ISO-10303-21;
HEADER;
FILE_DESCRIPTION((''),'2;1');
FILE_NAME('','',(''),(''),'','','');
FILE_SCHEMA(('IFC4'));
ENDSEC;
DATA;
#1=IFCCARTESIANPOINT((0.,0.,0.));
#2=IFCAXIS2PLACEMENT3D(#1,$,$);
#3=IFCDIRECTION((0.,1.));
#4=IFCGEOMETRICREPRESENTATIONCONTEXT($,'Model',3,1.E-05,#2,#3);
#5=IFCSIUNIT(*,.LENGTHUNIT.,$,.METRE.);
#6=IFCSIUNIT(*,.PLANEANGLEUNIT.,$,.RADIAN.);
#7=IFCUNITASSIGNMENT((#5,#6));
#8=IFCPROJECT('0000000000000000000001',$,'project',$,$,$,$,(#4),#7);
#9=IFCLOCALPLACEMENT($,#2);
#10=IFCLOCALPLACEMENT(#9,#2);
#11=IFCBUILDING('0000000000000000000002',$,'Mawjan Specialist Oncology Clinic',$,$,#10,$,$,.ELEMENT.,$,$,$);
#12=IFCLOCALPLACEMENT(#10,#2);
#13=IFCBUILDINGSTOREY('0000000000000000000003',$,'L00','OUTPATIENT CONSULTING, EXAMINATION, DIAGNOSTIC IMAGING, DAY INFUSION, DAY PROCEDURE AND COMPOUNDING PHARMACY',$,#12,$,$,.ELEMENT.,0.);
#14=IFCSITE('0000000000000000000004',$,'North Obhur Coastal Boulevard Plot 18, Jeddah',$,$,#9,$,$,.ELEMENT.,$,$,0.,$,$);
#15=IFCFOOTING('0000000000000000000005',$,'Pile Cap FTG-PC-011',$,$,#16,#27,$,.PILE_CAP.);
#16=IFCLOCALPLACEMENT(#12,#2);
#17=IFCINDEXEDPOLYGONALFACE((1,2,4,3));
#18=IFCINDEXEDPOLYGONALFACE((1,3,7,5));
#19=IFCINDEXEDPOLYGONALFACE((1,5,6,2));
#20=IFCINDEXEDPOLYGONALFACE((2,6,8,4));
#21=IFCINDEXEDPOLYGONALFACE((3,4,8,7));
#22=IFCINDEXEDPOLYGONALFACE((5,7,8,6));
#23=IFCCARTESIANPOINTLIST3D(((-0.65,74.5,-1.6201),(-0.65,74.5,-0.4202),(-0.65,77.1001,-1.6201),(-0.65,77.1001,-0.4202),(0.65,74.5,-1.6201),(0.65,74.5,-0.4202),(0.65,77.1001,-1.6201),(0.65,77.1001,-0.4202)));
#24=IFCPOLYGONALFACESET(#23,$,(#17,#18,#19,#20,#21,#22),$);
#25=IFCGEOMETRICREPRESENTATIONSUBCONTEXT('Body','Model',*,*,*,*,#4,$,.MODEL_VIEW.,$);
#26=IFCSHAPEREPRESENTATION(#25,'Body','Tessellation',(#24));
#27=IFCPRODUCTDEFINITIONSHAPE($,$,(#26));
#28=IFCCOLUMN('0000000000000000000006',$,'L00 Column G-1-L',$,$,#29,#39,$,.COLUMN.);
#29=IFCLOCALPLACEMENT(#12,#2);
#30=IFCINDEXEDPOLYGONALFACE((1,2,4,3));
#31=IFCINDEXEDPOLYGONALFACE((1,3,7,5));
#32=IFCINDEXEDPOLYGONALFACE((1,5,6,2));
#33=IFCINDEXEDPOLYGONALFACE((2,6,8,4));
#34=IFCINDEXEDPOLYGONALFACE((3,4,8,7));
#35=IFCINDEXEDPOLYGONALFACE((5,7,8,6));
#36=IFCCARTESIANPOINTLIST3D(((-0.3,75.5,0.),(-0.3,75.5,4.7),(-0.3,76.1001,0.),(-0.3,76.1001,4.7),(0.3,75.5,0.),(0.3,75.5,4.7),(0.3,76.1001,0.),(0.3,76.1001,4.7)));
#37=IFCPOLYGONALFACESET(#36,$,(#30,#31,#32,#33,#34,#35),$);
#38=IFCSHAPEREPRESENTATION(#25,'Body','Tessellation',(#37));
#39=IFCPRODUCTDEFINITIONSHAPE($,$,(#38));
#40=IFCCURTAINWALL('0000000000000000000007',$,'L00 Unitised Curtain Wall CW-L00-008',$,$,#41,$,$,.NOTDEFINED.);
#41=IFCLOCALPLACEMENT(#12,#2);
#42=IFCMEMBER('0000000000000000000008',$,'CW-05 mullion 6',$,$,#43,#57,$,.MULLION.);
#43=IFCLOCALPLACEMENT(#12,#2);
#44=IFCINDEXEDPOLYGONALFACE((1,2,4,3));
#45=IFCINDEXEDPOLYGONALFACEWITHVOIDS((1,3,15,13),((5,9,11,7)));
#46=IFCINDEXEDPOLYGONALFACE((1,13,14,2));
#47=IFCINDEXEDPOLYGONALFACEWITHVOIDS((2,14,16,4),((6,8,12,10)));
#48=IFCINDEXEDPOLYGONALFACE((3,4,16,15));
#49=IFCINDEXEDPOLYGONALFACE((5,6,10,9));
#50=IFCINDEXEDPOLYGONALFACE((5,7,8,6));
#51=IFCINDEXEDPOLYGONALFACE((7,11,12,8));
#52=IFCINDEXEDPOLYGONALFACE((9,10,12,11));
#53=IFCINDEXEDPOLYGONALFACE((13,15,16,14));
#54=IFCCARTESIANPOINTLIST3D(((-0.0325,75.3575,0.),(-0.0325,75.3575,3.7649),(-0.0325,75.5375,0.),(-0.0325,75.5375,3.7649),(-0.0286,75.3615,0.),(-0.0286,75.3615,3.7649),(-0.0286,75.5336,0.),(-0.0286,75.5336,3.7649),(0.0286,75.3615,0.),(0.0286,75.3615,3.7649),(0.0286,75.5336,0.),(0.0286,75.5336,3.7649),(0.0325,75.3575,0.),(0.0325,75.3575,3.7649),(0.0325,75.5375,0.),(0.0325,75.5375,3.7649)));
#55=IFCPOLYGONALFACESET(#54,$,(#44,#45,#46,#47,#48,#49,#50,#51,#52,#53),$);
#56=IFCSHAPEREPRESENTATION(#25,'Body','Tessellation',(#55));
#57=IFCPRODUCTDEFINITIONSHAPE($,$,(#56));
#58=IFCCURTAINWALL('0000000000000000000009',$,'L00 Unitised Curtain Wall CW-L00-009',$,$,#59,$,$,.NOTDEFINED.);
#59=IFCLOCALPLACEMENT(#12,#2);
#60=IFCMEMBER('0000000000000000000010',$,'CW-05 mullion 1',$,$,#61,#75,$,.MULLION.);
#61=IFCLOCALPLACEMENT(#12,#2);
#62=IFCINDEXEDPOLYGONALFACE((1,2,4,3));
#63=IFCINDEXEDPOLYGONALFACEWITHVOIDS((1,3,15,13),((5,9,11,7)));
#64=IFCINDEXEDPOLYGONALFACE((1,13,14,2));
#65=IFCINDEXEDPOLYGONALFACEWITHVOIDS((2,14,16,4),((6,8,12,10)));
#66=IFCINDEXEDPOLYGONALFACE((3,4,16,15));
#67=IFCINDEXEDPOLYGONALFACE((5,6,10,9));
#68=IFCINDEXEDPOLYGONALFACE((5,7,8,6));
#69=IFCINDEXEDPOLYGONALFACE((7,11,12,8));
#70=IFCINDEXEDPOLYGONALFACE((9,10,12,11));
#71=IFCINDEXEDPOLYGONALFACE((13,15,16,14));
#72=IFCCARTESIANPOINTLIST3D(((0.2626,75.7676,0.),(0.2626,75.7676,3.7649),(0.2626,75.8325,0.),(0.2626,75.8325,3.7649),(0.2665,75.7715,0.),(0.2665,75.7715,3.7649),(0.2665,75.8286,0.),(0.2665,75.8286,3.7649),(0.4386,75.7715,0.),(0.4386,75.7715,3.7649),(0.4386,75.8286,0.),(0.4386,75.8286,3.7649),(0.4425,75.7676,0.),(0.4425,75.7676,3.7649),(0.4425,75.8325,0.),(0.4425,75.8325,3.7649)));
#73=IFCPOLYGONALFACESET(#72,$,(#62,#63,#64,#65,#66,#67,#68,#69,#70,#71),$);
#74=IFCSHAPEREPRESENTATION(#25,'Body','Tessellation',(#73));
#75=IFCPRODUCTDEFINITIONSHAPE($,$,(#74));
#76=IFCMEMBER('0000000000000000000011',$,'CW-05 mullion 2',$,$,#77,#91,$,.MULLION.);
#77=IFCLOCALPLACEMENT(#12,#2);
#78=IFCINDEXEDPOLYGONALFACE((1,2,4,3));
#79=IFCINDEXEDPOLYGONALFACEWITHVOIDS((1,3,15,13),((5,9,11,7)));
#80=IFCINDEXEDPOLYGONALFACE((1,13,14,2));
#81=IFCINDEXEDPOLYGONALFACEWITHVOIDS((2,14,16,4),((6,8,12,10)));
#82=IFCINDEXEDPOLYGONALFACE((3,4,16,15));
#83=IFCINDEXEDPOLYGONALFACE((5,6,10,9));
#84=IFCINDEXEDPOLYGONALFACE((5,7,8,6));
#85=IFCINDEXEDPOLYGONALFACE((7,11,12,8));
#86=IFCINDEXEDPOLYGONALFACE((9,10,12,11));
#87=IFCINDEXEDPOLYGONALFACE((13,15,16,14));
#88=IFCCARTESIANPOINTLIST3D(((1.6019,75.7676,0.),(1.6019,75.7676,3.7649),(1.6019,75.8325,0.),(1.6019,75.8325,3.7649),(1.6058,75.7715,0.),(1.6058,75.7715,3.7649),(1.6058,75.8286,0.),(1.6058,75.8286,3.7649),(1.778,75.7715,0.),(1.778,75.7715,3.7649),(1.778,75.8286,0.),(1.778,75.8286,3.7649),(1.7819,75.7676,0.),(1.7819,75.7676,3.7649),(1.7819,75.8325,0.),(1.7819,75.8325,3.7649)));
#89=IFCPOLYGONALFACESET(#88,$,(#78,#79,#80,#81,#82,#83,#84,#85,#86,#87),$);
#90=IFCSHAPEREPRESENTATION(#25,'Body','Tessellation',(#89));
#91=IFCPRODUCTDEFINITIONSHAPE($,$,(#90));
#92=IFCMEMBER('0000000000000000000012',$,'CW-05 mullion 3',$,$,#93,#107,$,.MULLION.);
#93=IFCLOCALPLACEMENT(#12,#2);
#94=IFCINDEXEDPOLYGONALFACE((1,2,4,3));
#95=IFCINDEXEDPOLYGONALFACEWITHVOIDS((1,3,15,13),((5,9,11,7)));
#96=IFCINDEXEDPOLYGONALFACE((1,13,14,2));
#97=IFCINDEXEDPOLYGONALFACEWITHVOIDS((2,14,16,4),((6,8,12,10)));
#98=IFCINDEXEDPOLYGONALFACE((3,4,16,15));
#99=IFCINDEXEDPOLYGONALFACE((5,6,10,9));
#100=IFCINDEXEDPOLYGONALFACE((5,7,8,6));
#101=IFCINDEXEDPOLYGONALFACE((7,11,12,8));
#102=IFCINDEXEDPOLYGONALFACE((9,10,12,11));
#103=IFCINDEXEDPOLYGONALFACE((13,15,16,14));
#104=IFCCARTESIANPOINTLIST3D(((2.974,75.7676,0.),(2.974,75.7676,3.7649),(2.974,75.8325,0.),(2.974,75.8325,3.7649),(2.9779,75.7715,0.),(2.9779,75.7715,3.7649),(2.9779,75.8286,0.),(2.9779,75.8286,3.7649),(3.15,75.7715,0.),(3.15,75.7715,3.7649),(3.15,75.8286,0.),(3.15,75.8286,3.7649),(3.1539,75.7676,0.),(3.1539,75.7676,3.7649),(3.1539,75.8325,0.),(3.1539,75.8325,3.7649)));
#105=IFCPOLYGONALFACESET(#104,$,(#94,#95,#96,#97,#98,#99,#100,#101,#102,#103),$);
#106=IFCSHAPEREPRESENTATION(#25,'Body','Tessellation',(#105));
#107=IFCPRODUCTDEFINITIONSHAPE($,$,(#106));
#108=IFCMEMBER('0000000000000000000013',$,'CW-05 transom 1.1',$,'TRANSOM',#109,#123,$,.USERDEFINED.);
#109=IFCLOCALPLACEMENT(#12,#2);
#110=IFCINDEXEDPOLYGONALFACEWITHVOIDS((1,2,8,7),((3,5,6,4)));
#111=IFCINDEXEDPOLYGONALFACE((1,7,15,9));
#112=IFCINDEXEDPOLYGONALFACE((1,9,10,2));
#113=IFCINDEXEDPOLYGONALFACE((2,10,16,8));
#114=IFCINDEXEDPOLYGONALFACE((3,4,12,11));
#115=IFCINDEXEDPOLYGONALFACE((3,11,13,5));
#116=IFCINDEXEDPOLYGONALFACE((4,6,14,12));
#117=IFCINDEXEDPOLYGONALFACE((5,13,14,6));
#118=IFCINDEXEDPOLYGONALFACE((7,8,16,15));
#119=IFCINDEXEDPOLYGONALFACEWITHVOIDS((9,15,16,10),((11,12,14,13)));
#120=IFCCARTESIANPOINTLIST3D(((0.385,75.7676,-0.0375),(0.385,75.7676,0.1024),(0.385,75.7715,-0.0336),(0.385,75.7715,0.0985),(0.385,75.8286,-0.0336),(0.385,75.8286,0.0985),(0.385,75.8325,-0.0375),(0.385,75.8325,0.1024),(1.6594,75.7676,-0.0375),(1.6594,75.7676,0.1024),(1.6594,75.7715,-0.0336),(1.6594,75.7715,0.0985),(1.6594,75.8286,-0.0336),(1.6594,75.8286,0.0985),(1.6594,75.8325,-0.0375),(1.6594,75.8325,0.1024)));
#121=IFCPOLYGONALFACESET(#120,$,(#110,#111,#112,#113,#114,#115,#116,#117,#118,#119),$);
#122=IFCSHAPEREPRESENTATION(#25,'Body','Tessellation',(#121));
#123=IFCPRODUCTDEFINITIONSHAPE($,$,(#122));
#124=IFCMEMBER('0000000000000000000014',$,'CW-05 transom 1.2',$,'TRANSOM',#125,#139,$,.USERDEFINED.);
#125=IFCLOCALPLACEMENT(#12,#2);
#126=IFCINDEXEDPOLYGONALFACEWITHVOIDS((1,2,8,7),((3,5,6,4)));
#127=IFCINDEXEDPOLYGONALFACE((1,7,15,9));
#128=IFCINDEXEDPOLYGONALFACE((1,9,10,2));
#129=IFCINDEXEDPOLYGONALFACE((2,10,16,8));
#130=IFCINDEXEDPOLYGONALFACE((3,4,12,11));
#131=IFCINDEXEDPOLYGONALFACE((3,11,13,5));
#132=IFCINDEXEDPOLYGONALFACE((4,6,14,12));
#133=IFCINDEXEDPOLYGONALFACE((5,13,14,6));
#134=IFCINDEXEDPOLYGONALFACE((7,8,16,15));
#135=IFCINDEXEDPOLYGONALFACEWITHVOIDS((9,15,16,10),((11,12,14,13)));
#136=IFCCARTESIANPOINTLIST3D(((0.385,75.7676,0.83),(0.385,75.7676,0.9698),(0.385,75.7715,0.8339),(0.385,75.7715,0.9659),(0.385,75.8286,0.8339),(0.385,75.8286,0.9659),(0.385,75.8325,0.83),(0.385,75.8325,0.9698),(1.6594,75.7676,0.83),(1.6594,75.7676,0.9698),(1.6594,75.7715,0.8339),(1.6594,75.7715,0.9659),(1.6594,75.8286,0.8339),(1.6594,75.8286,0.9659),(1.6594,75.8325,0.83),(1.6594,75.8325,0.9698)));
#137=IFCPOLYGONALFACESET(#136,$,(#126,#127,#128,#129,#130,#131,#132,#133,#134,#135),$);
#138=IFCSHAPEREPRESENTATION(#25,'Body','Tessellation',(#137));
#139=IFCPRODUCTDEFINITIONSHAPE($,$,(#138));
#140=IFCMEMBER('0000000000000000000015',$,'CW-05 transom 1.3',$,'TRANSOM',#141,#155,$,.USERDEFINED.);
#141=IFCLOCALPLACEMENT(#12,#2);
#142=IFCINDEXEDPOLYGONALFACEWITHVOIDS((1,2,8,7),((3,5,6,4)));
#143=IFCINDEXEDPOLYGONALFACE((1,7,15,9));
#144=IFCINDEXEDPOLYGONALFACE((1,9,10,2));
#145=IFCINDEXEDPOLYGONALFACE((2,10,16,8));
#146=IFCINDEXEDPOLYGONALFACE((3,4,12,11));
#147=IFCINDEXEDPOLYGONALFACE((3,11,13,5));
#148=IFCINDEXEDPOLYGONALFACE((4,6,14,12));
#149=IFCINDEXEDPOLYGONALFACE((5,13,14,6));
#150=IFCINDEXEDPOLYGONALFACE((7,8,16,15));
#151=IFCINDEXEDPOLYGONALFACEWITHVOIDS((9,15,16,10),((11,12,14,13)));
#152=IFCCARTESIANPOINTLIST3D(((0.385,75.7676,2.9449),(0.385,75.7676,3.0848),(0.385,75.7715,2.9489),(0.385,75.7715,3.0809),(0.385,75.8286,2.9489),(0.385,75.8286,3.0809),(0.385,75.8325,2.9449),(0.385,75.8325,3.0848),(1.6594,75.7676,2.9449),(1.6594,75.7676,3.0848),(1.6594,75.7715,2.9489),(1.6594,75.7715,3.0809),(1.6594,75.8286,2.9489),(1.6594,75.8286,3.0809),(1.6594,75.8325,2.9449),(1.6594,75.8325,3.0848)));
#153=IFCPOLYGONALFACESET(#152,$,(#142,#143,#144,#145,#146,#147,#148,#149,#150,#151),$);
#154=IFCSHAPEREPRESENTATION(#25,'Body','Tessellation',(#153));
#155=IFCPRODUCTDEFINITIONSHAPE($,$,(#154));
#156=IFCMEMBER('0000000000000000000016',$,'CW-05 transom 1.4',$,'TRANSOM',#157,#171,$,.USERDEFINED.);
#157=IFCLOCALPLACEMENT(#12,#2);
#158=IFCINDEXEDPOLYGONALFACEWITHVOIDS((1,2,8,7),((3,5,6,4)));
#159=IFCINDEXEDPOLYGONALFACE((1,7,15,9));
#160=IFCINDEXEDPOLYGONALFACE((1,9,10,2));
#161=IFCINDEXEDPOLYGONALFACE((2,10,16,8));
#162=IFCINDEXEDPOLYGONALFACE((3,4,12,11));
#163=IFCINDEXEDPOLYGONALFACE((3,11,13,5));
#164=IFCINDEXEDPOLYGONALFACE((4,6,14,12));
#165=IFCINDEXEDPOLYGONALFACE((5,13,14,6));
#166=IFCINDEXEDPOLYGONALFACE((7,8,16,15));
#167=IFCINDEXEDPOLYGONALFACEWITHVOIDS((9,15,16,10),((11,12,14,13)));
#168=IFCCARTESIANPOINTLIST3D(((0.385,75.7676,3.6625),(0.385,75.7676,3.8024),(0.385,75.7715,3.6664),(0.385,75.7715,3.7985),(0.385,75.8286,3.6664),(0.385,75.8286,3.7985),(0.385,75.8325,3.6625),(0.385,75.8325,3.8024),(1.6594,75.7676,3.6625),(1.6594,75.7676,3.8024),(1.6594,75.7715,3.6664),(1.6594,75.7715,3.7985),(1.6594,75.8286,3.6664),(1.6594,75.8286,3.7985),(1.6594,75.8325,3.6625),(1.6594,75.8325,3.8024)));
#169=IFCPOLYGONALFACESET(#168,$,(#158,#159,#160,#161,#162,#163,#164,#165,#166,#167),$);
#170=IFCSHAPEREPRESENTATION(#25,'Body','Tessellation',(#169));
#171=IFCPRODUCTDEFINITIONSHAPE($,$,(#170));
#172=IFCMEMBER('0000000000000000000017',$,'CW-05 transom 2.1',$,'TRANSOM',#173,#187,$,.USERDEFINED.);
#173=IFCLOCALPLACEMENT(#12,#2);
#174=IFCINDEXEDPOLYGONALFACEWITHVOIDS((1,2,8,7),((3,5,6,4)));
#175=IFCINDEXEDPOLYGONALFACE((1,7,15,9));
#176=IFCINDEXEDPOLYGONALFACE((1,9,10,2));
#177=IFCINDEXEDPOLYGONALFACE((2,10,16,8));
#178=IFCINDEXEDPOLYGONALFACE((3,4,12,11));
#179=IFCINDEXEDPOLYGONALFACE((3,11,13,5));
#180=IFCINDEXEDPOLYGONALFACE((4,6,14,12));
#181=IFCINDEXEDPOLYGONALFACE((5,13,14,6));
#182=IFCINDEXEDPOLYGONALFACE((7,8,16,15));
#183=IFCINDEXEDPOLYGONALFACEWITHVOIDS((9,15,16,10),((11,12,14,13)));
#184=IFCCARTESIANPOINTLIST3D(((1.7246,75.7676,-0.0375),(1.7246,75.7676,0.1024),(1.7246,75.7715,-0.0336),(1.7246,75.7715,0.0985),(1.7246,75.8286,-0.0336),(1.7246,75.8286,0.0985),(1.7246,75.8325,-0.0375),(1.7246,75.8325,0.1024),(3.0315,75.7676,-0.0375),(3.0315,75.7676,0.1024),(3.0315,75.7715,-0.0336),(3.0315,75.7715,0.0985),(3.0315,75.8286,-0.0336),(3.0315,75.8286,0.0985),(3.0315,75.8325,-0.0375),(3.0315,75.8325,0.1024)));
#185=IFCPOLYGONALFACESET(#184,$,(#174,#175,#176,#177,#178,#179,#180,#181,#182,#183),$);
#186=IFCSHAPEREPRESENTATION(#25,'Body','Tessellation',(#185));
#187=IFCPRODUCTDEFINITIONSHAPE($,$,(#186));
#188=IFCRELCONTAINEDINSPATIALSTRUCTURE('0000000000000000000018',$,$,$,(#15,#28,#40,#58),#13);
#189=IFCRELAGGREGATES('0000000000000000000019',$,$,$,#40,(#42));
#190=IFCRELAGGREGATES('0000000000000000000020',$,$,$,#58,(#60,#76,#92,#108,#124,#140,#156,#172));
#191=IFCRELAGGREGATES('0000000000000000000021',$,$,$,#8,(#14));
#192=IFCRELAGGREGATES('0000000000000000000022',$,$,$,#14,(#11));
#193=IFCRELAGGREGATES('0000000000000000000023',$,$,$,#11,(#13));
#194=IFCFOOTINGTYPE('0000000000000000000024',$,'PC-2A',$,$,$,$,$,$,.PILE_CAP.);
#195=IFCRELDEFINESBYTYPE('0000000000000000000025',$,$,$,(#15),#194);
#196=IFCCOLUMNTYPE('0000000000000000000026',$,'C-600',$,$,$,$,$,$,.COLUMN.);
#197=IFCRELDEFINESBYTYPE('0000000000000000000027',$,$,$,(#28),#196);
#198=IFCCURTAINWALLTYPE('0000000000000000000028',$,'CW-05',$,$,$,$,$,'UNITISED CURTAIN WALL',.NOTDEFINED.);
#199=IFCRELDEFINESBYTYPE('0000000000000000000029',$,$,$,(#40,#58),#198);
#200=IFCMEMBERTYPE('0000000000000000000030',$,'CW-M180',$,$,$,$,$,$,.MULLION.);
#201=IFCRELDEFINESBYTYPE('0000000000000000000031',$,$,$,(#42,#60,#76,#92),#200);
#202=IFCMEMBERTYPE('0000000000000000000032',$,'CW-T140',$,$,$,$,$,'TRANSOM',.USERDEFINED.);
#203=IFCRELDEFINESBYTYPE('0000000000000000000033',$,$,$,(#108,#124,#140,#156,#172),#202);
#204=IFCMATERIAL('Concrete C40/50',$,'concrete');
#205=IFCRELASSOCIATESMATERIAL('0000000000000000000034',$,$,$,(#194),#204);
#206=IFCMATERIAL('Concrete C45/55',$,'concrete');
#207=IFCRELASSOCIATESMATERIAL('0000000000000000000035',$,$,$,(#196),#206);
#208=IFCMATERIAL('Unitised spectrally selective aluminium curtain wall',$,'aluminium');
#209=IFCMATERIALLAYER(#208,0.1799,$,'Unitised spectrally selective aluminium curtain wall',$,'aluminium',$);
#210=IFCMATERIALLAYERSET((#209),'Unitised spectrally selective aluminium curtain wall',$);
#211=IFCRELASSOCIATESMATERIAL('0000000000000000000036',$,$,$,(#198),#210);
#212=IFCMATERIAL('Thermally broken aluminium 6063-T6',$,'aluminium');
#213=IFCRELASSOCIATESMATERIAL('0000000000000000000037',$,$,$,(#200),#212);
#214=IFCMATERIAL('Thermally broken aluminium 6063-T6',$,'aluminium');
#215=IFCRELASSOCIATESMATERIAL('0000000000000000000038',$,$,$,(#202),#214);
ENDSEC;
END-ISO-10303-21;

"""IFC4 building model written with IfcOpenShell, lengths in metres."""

from ifc_helpers import new_model, si_unit, direction, frame, origin, origin_2d, place, context, subcontext, project, spatial, rectangle, hollow_rectangle, extrude, material, layer, layer_set, material_profile, profile_set, type_object, element, aggregate, save


model = new_model("IFC4")

# Units and contexts
model_context = context("Model", 3, precision=1e-05, world=origin(), true_north=direction((0.0, 1.0)))
body_context = subcontext(model_context, "Body", "Model", "MODEL_VIEW")
ifc_project = project(units=[si_unit("LENGTHUNIT", "METRE"), si_unit("PLANEANGLEUNIT", "RADIAN")], contexts=[model_context])

# Site, building, storey
site_placement = place(None, origin())
site = spatial("IfcSite", under=ifc_project, at=site_placement, Name="North Obhur Coastal Boulevard Plot 18, Jeddah", CompositionType="ELEMENT", RefElevation=0.0)
building_placement = place(site_placement, origin())
building = spatial("IfcBuilding", under=site, at=building_placement, Name="Mawjan Specialist Oncology Clinic", CompositionType="ELEMENT")
storey_placement = place(building_placement, origin())
storey = spatial("IfcBuildingStorey", under=building, at=storey_placement, Name="L00", Description="OUTPATIENT CONSULTING, EXAMINATION, DIAGNOSTIC IMAGING, DAY INFUSION, DAY PROCEDURE AND COMPOUNDING PHARMACY", CompositionType="ELEMENT", Elevation=0.0)

# Footing
ifc_material_1 = material(Name="Concrete C40/50", Category="concrete")
footing_type = type_object("IfcFootingType", Name="PC-2A", PredefinedType="PILE_CAP", material=ifc_material_1)
footing_placement = place(storey_placement, frame((0.0, 75.8, -1.6201), z_axis=(0.0, 0.0, 1.0), x_axis=(0.0, 1.0, 0.0)))
element("IfcFooting", 1, at=footing_placement, inside=storey, type_object=footing_type, Name="Pile Cap FTG-PC-011", PredefinedType="PILE_CAP", context=body_context, shape_type="SweptSolid", body=[
    extrude(rectangle(XDim=2.6001, YDim=1.3, at=origin_2d()), origin(), (0.0, 0.0, 1.0), 1.2),
])

# Column
ifc_material_2 = material(Name="Concrete C45/55", Category="concrete")
ifc_material_profile_1 = material_profile(ifc_material_2, rectangle(XDim=0.6001, YDim=0.6001, at=origin_2d()), Name="RC COL 600x600", Category="concrete")
ifc_profile_set_1 = profile_set([ifc_material_profile_1], Name="Concrete C45/55")
column_type = type_object("IfcColumnType", Name="C-600", PredefinedType="COLUMN", material=ifc_profile_set_1)
column_placement = place(storey_placement, frame((0.0, 75.8, 0.0), z_axis=(0.0, 0.0, 1.0), x_axis=(1.0, 0.0, 0.0)))
element("IfcColumn", 2, at=column_placement, inside=storey, type_object=column_type, Name="L00 Column G-1-L", PredefinedType="COLUMN", context=body_context, shape_type="SweptSolid", body=[
    extrude(rectangle(XDim=0.6001, YDim=0.6001, at=origin_2d()), origin(), (0.0, 0.0, 1.0), 4.7),
])

# Curtain wall, member
ifc_material_3 = material(Name="Unitised spectrally selective aluminium curtain wall", Category="aluminium")
ifc_layer_1 = layer(ifc_material_3, 0.1799, Name="Unitised spectrally selective aluminium curtain wall", Category="aluminium")
ifc_layer_set_1 = layer_set([ifc_layer_1], Name="Unitised spectrally selective aluminium curtain wall")
curtain_wall_type = type_object("IfcCurtainWallType", Name="CW-05", ElementType="UNITISED CURTAIN WALL", PredefinedType="NOTDEFINED", material=ifc_layer_set_1)
curtain_wall_1_placement = place(storey_placement, origin())
curtain_wall_1 = element("IfcCurtainWall", 3, at=curtain_wall_1_placement, inside=storey, type_object=curtain_wall_type, Name="L00 Unitised Curtain Wall CW-L00-008", PredefinedType="NOTDEFINED")
ifc_material_4 = material(Name="Thermally broken aluminium 6063-T6", Category="aluminium")
ifc_material_profile_2 = material_profile(ifc_material_4, hollow_rectangle(XDim=0.0649, YDim=0.1799, WallThickness=0.0039, at=origin_2d()), Name="ALU MULLION 180x65x4", Category="aluminium")
ifc_profile_set_2 = profile_set([ifc_material_profile_2], Name="Thermally broken aluminium 6063-T6")
member_type_1 = type_object("IfcMemberType", Name="CW-M180", PredefinedType="MULLION", material=ifc_profile_set_2)
member_1_placement = place(storey_placement, frame((0.0, 75.4475, 0.0), z_axis=(0.0, 0.0, 1.0), x_axis=(-1.0, 0.0, 0.0)))
member_1 = element("IfcMember", 4, at=member_1_placement, type_object=member_type_1, Name="CW-05 mullion 6", PredefinedType="MULLION", context=body_context, shape_type="SweptSolid", body=[
    extrude(hollow_rectangle(XDim=0.0649, YDim=0.1799, WallThickness=0.0039, at=origin_2d()), origin(), (0.0, 0.0, 1.0), 3.7649),
])
aggregate(curtain_wall_1, [member_1])

# Curtain wall, members
curtain_wall_2_placement = place(storey_placement, origin())
curtain_wall_2 = element("IfcCurtainWall", 5, at=curtain_wall_2_placement, inside=storey, type_object=curtain_wall_type, Name="L00 Unitised Curtain Wall CW-L00-009", PredefinedType="NOTDEFINED")
member_2_placement = place(storey_placement, frame((0.3525, 75.8, 0.0), z_axis=(0.0, 0.0, 1.0), x_axis=(0.0, 1.0, 0.0)))
member_2 = element("IfcMember", 6, at=member_2_placement, type_object=member_type_1, Name="CW-05 mullion 1", PredefinedType="MULLION", context=body_context, shape_type="SweptSolid", body=[
    extrude(hollow_rectangle(XDim=0.0649, YDim=0.1799, WallThickness=0.0039, at=origin_2d()), origin(), (0.0, 0.0, 1.0), 3.7649),
])
member_3_placement = place(storey_placement, frame((1.6919, 75.8, 0.0), z_axis=(0.0, 0.0, 1.0), x_axis=(0.0, 1.0, 0.0)))
member_3 = element("IfcMember", 7, at=member_3_placement, type_object=member_type_1, Name="CW-05 mullion 2", PredefinedType="MULLION", context=body_context, shape_type="SweptSolid", body=[
    extrude(hollow_rectangle(XDim=0.0649, YDim=0.1799, WallThickness=0.0039, at=origin_2d()), origin(), (0.0, 0.0, 1.0), 3.7649),
])
member_4_placement = place(storey_placement, frame((3.064, 75.8, 0.0), z_axis=(0.0, 0.0, 1.0), x_axis=(0.0, 1.0, 0.0)))
member_4 = element("IfcMember", 8, at=member_4_placement, type_object=member_type_1, Name="CW-05 mullion 3", PredefinedType="MULLION", context=body_context, shape_type="SweptSolid", body=[
    extrude(hollow_rectangle(XDim=0.0649, YDim=0.1799, WallThickness=0.0039, at=origin_2d()), origin(), (0.0, 0.0, 1.0), 3.7649),
])
ifc_material_5 = material(Name="Thermally broken aluminium 6063-T6", Category="aluminium")
ifc_material_profile_3 = material_profile(ifc_material_5, hollow_rectangle(XDim=0.0649, YDim=0.1399, WallThickness=0.0039, at=origin_2d()), Name="ALU TRANSOM 140x65x4", Category="aluminium")
ifc_profile_set_3 = profile_set([ifc_material_profile_3], Name="Thermally broken aluminium 6063-T6")
member_type_2 = type_object("IfcMemberType", Name="CW-T140", ElementType="TRANSOM", PredefinedType="USERDEFINED", material=ifc_profile_set_3)
member_5_placement = place(storey_placement, frame((0.385, 75.8, 0.0325), z_axis=(1.0, 0.0, 0.0), x_axis=(0.0, 1.0, 0.0)))
member_5 = element("IfcMember", 9, at=member_5_placement, type_object=member_type_2, Name="CW-05 transom 1.1", ObjectType="TRANSOM", PredefinedType="USERDEFINED", context=body_context, shape_type="SweptSolid", body=[
    extrude(hollow_rectangle(XDim=0.0649, YDim=0.1399, WallThickness=0.0039, at=origin_2d()), origin(), (0.0, 0.0, 1.0), 1.2744),
])
member_6_placement = place(storey_placement, frame((0.385, 75.8, 0.8999), z_axis=(1.0, 0.0, 0.0), x_axis=(0.0, 1.0, 0.0)))
member_6 = element("IfcMember", 10, at=member_6_placement, type_object=member_type_2, Name="CW-05 transom 1.2", ObjectType="TRANSOM", PredefinedType="USERDEFINED", context=body_context, shape_type="SweptSolid", body=[
    extrude(hollow_rectangle(XDim=0.0649, YDim=0.1399, WallThickness=0.0039, at=origin_2d()), origin(), (0.0, 0.0, 1.0), 1.2744),
])
member_7_placement = place(storey_placement, frame((0.385, 75.8, 3.0149), z_axis=(1.0, 0.0, 0.0), x_axis=(0.0, 1.0, 0.0)))
member_7 = element("IfcMember", 11, at=member_7_placement, type_object=member_type_2, Name="CW-05 transom 1.3", ObjectType="TRANSOM", PredefinedType="USERDEFINED", context=body_context, shape_type="SweptSolid", body=[
    extrude(hollow_rectangle(XDim=0.0649, YDim=0.1399, WallThickness=0.0039, at=origin_2d()), origin(), (0.0, 0.0, 1.0), 1.2744),
])
member_8_placement = place(storey_placement, frame((0.385, 75.8, 3.7324), z_axis=(1.0, 0.0, 0.0), x_axis=(0.0, 1.0, 0.0)))
member_8 = element("IfcMember", 12, at=member_8_placement, type_object=member_type_2, Name="CW-05 transom 1.4", ObjectType="TRANSOM", PredefinedType="USERDEFINED", context=body_context, shape_type="SweptSolid", body=[
    extrude(hollow_rectangle(XDim=0.0649, YDim=0.1399, WallThickness=0.0039, at=origin_2d()), origin(), (0.0, 0.0, 1.0), 1.2744),
])
member_9_placement = place(storey_placement, frame((1.7246, 75.8, 0.0325), z_axis=(1.0, 0.0, 0.0), x_axis=(0.0, 1.0, 0.0)))
member_9 = element("IfcMember", 13, at=member_9_placement, type_object=member_type_2, Name="CW-05 transom 2.1", ObjectType="TRANSOM", PredefinedType="USERDEFINED", context=body_context, shape_type="SweptSolid", body=[
    extrude(hollow_rectangle(XDim=0.0649, YDim=0.1399, WallThickness=0.0039, at=origin_2d()), origin(), (0.0, 0.0, 1.0), 1.3069),
])
aggregate(curtain_wall_2, [member_2, member_3, member_4, member_5, member_6, member_7, member_8, member_9])

save(model, "model.ifc")
